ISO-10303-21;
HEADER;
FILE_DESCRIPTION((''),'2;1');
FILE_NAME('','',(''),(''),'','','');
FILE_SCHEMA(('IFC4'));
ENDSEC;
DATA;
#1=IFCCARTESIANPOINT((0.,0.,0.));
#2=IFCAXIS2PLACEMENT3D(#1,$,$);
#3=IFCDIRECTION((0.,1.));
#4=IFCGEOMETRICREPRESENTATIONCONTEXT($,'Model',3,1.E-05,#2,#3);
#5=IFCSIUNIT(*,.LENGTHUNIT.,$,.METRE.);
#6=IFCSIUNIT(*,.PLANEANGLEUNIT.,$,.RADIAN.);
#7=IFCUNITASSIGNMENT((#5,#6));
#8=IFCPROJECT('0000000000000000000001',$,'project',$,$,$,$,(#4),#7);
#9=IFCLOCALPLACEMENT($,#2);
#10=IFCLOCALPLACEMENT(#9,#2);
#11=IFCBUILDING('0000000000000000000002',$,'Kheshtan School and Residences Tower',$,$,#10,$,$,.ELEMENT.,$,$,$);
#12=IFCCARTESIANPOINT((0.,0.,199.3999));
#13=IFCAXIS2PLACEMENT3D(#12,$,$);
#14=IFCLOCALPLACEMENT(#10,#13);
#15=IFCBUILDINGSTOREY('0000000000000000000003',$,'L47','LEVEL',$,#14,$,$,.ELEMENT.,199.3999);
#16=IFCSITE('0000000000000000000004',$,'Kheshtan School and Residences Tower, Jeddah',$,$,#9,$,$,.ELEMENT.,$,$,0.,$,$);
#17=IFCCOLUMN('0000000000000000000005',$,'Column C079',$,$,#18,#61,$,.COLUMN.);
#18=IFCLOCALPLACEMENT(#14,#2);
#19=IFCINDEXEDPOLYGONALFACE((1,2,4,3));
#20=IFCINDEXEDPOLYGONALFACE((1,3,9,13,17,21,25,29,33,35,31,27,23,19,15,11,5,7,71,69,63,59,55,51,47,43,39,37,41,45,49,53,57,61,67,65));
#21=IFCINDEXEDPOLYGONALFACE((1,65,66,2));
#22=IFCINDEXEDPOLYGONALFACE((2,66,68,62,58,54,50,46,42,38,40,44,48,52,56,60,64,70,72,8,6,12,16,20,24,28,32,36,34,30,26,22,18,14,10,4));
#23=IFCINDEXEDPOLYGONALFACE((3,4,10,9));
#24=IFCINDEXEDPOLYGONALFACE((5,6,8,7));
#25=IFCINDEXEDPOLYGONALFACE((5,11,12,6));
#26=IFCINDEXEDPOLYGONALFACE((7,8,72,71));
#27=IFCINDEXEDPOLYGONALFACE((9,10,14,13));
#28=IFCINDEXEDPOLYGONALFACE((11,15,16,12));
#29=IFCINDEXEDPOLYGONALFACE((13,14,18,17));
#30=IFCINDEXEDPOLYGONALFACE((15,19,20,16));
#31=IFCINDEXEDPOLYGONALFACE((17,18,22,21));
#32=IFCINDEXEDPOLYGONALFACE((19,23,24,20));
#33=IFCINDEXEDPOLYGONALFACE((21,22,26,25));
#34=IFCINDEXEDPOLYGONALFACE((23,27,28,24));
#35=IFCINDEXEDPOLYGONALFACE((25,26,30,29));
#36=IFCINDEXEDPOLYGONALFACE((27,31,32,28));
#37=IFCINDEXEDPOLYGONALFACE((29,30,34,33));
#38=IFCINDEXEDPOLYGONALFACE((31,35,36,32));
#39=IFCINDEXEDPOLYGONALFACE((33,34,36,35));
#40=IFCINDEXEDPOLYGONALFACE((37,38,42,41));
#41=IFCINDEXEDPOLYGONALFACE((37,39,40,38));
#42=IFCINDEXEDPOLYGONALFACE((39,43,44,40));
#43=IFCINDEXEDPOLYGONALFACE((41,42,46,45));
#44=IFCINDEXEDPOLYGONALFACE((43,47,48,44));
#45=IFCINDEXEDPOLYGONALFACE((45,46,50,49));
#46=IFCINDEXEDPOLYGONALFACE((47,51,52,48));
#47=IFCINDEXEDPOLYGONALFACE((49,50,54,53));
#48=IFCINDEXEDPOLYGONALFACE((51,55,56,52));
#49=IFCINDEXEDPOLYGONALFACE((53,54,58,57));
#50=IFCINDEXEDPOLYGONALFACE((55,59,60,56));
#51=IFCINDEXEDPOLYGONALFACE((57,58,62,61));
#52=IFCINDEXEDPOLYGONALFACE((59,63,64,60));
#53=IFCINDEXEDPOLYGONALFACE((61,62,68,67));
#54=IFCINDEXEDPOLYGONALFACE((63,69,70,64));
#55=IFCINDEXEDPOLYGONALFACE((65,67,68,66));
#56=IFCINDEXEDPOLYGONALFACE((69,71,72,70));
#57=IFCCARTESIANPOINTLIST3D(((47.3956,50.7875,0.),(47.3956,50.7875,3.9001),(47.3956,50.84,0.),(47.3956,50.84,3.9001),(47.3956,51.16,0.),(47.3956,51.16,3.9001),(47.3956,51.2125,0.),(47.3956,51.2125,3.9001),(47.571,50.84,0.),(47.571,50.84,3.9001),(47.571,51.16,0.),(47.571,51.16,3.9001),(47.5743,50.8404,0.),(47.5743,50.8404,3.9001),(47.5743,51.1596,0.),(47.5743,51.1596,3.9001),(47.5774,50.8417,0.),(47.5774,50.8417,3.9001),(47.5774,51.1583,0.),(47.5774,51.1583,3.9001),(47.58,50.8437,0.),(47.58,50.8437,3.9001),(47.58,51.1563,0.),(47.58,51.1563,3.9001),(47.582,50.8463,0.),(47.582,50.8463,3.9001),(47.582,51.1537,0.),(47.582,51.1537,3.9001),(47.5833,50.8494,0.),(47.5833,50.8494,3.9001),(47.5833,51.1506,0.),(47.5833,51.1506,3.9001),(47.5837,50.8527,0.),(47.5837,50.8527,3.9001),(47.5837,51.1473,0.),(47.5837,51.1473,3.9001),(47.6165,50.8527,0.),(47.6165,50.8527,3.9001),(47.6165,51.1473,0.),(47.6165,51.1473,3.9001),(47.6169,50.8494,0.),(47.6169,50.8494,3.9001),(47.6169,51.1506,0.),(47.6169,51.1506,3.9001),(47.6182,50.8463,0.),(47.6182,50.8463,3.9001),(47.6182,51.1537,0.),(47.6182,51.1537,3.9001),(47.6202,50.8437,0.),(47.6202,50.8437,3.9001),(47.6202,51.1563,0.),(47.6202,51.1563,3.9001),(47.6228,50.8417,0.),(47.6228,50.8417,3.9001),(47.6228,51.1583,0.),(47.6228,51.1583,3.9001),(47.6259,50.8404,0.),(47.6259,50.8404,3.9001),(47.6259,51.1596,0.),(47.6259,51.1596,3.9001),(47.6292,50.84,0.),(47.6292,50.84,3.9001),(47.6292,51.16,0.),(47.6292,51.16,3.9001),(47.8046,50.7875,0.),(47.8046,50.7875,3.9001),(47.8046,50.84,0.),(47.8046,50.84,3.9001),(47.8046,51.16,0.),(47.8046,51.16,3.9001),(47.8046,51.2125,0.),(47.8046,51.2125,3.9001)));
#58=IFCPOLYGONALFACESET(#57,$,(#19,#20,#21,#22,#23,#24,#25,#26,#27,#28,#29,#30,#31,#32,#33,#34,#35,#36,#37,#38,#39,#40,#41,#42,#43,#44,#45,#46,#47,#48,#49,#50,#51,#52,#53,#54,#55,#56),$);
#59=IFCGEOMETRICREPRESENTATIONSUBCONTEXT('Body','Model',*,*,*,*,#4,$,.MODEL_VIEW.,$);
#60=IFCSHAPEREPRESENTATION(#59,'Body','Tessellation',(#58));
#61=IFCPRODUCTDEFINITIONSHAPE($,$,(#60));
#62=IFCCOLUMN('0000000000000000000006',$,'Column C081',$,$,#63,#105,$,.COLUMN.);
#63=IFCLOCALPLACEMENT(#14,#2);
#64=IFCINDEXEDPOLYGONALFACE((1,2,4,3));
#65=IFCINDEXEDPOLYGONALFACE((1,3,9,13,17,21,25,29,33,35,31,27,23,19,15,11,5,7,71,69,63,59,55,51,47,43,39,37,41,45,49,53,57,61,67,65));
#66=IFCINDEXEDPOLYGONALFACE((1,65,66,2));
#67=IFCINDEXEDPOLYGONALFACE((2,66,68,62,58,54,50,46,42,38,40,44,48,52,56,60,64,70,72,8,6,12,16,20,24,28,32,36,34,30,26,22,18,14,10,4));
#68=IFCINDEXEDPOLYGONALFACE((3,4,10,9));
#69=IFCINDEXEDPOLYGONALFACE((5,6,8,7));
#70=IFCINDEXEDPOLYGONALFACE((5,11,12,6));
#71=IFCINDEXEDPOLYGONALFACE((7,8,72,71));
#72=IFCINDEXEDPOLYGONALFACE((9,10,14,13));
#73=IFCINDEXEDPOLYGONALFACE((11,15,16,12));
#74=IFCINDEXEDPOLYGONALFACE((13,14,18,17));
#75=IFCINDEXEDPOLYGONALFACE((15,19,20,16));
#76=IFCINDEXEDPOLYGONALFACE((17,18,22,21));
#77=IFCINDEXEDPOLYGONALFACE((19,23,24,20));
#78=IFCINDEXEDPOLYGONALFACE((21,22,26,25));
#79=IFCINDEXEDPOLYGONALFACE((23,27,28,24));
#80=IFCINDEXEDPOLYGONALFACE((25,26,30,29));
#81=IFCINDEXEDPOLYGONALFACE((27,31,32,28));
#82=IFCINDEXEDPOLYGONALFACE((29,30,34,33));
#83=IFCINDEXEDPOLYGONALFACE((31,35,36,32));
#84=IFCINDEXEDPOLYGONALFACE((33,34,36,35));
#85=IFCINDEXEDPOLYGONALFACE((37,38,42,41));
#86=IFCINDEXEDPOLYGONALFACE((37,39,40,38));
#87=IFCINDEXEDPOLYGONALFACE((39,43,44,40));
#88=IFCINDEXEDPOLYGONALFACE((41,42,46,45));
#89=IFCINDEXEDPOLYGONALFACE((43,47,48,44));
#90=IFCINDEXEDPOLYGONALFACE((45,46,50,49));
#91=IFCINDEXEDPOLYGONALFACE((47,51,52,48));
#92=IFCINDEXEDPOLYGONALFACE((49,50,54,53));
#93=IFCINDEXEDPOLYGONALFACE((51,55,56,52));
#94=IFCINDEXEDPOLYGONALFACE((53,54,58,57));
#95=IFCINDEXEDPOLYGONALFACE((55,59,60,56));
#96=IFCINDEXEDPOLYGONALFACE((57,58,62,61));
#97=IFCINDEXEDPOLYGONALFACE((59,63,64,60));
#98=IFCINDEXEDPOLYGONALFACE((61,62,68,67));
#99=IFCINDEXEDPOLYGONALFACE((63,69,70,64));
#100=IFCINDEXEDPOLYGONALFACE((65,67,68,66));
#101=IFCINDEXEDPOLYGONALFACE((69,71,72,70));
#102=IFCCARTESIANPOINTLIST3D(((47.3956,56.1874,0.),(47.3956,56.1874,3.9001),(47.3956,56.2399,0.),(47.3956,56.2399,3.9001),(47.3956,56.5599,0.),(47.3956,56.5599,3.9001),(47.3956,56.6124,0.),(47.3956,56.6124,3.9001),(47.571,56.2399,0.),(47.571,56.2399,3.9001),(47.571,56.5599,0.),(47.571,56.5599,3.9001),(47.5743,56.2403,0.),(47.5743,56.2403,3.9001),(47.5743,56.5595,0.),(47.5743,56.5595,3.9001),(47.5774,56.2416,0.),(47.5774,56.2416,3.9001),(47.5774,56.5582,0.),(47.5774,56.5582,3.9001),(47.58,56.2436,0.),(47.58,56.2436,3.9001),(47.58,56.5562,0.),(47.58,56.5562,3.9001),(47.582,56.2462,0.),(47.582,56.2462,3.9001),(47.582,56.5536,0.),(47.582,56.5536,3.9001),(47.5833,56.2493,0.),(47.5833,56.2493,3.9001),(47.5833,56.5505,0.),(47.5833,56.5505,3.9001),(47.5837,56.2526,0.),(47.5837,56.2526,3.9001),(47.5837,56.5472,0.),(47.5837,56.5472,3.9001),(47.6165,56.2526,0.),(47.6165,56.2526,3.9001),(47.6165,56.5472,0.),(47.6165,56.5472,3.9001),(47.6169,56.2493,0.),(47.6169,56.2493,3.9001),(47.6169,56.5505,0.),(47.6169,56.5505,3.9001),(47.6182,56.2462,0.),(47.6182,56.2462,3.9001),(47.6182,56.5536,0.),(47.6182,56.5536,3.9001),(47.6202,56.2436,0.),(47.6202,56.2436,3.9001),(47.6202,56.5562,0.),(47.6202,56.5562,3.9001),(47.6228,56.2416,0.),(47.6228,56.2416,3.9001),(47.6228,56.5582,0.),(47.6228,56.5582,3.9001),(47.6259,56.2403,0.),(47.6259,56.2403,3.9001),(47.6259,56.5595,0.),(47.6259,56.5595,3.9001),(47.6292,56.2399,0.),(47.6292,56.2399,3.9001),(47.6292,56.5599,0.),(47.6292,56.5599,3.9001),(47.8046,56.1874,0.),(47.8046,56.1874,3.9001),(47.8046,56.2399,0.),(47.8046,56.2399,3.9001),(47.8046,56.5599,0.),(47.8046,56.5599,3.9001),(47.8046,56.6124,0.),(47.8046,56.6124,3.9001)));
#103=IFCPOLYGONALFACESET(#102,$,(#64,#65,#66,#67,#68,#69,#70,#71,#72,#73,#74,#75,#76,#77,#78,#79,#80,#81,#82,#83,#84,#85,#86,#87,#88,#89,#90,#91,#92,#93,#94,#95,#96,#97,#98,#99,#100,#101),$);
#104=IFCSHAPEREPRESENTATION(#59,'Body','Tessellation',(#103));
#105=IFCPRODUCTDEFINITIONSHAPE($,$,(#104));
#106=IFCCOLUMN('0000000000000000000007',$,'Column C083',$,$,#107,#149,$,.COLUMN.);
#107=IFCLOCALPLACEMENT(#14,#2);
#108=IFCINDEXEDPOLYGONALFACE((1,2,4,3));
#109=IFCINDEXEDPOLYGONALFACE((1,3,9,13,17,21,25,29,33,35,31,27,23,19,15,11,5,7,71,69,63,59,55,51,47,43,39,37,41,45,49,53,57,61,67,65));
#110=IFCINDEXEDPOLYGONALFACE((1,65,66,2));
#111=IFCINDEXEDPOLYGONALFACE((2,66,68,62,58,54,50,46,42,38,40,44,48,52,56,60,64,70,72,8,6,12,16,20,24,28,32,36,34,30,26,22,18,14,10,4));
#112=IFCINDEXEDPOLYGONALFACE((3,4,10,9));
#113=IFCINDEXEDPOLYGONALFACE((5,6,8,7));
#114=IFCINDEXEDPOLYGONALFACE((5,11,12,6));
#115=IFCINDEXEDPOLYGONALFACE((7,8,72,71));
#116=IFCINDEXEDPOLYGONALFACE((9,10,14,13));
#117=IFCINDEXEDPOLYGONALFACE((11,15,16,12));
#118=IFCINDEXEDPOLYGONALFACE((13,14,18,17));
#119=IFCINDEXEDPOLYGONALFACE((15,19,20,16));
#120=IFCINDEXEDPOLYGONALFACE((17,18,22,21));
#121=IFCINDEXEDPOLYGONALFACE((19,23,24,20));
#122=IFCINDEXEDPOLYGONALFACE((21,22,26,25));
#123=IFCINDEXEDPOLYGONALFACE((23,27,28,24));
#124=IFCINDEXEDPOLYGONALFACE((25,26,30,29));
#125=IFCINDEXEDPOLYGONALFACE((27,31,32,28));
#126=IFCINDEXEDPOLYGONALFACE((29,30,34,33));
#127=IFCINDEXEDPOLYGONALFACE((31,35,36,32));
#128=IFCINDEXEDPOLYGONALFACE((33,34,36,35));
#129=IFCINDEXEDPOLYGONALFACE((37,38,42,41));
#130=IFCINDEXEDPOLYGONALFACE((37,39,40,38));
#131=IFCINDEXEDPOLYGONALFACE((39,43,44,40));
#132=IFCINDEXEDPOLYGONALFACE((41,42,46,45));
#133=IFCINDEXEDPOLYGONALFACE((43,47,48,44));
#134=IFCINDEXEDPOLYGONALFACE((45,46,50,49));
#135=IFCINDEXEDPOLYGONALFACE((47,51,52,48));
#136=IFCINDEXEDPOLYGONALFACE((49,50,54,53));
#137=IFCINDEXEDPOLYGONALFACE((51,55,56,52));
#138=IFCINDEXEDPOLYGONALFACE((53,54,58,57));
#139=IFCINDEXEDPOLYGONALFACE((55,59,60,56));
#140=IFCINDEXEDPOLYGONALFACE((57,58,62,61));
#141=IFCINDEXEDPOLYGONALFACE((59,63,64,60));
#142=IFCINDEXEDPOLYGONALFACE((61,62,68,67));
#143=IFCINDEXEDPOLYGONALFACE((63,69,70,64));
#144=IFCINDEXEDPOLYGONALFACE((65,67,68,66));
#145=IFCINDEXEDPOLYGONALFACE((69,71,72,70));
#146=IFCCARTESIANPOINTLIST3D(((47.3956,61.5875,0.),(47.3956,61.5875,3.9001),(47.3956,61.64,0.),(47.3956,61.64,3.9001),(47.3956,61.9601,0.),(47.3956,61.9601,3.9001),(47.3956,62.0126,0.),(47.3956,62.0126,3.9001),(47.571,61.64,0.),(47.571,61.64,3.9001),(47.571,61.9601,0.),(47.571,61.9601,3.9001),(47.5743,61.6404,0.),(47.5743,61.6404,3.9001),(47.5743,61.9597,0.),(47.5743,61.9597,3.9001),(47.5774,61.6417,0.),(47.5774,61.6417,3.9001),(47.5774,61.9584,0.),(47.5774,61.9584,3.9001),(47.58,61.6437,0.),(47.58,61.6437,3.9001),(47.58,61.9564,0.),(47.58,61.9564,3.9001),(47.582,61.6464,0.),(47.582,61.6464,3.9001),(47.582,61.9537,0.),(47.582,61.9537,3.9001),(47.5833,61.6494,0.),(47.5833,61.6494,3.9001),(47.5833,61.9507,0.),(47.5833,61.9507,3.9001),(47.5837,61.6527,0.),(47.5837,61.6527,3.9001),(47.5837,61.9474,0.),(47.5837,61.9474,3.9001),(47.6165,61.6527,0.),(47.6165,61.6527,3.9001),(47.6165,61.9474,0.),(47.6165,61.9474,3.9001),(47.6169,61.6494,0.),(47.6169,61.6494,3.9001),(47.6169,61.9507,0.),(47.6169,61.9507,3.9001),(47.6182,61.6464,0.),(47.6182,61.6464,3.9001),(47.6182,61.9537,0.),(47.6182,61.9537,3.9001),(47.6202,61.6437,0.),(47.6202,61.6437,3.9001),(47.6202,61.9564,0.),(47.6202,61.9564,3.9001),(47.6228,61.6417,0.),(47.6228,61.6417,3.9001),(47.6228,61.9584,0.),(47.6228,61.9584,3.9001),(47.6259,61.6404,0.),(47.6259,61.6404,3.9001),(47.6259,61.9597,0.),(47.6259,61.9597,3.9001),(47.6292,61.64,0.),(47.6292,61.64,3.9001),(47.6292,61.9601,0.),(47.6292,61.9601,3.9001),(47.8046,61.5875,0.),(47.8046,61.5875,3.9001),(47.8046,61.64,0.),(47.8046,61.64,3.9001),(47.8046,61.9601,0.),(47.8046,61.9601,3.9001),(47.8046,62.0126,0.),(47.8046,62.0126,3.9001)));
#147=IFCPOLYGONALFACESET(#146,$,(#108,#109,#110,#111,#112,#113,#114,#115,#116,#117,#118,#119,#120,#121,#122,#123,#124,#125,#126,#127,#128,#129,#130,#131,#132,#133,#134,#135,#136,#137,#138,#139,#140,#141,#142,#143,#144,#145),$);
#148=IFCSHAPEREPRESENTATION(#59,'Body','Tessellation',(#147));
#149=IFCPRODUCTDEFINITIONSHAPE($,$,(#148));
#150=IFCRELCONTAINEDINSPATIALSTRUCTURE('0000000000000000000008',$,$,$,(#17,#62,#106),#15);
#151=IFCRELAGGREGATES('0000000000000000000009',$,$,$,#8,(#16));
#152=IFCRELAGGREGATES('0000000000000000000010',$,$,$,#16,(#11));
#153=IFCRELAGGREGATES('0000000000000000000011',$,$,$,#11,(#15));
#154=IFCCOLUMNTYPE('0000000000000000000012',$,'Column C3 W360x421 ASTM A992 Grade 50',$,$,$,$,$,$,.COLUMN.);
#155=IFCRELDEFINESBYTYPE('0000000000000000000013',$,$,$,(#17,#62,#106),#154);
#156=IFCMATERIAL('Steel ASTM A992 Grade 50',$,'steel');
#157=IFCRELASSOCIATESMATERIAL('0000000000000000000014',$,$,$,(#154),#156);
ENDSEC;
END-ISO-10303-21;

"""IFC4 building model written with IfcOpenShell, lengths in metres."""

from ifc_helpers import new_model, si_unit, direction, frame, origin, origin_2d, place, context, subcontext, project, spatial, i_section, extrude, material, material_profile, profile_set, type_object, element, save


model = new_model("IFC4")

# Units and contexts
model_context = context("Model", 3, precision=1e-05, world=origin(), true_north=direction((0.0, 1.0)))
body_context = subcontext(model_context, "Body", "Model", "MODEL_VIEW")
ifc_project = project(units=[si_unit("LENGTHUNIT", "METRE"), si_unit("PLANEANGLEUNIT", "RADIAN")], contexts=[model_context])

# Site, building, storey
site_placement = place(None, origin())
site = spatial("IfcSite", under=ifc_project, at=site_placement, Name="Kheshtan School and Residences Tower, Jeddah", CompositionType="ELEMENT", RefElevation=0.0)
building_placement = place(site_placement, origin())
building = spatial("IfcBuilding", under=site, at=building_placement, Name="Kheshtan School and Residences Tower", CompositionType="ELEMENT")
storey_placement = place(building_placement, frame((0.0, 0.0, 199.3999)))
storey = spatial("IfcBuildingStorey", under=building, at=storey_placement, Name="L47", Description="LEVEL", CompositionType="ELEMENT", Elevation=199.3999)

# Columns
ifc_material_1 = material(Name="Steel ASTM A992 Grade 50", Category="steel")
ifc_material_profile_1 = material_profile(ifc_material_1, i_section(OverallWidth=0.4089, OverallDepth=0.425, WebThickness=0.0327, FlangeThickness=0.0525, FilletRadius=0.0127, at=origin_2d()), Name="W360x421")
ifc_profile_set_1 = profile_set([ifc_material_profile_1], Name="Steel ASTM A992 Grade 50")
column_type_1 = type_object("IfcColumnType", Name="Column C3 W360x421 ASTM A992 Grade 50", PredefinedType="COLUMN", material=ifc_profile_set_1)
for number, where, z_axis, x_axis, name in (
    (1, (47.6001, 51.0, 0.0), (0.0, 0.0, 1.0), (1.0, 0.0, 0.0), "Column C079"),
    (2, (47.6001, 56.3999, 0.0), (0.0, 0.0, 1.0), (1.0, 0.0, 0.0), "Column C081"),
    (3, (47.6001, 61.8, 0.0), (0.0, 0.0, 1.0), (1.0, 0.0, 0.0), "Column C083"),
):
    element("IfcColumn", number, at=place(storey_placement, frame(where, z_axis=z_axis, x_axis=x_axis)), inside=storey, type_object=column_type_1, Name=name, PredefinedType="COLUMN", context=body_context, shape_type="SweptSolid", body=[
        extrude(i_section(OverallWidth=0.4089, OverallDepth=0.425, WebThickness=0.0327, FlangeThickness=0.0525, FilletRadius=0.0127, at=origin_2d()), origin(), (0.0, 0.0, 1.0), 3.9001),
    ])

save(model, "model.ifc")
